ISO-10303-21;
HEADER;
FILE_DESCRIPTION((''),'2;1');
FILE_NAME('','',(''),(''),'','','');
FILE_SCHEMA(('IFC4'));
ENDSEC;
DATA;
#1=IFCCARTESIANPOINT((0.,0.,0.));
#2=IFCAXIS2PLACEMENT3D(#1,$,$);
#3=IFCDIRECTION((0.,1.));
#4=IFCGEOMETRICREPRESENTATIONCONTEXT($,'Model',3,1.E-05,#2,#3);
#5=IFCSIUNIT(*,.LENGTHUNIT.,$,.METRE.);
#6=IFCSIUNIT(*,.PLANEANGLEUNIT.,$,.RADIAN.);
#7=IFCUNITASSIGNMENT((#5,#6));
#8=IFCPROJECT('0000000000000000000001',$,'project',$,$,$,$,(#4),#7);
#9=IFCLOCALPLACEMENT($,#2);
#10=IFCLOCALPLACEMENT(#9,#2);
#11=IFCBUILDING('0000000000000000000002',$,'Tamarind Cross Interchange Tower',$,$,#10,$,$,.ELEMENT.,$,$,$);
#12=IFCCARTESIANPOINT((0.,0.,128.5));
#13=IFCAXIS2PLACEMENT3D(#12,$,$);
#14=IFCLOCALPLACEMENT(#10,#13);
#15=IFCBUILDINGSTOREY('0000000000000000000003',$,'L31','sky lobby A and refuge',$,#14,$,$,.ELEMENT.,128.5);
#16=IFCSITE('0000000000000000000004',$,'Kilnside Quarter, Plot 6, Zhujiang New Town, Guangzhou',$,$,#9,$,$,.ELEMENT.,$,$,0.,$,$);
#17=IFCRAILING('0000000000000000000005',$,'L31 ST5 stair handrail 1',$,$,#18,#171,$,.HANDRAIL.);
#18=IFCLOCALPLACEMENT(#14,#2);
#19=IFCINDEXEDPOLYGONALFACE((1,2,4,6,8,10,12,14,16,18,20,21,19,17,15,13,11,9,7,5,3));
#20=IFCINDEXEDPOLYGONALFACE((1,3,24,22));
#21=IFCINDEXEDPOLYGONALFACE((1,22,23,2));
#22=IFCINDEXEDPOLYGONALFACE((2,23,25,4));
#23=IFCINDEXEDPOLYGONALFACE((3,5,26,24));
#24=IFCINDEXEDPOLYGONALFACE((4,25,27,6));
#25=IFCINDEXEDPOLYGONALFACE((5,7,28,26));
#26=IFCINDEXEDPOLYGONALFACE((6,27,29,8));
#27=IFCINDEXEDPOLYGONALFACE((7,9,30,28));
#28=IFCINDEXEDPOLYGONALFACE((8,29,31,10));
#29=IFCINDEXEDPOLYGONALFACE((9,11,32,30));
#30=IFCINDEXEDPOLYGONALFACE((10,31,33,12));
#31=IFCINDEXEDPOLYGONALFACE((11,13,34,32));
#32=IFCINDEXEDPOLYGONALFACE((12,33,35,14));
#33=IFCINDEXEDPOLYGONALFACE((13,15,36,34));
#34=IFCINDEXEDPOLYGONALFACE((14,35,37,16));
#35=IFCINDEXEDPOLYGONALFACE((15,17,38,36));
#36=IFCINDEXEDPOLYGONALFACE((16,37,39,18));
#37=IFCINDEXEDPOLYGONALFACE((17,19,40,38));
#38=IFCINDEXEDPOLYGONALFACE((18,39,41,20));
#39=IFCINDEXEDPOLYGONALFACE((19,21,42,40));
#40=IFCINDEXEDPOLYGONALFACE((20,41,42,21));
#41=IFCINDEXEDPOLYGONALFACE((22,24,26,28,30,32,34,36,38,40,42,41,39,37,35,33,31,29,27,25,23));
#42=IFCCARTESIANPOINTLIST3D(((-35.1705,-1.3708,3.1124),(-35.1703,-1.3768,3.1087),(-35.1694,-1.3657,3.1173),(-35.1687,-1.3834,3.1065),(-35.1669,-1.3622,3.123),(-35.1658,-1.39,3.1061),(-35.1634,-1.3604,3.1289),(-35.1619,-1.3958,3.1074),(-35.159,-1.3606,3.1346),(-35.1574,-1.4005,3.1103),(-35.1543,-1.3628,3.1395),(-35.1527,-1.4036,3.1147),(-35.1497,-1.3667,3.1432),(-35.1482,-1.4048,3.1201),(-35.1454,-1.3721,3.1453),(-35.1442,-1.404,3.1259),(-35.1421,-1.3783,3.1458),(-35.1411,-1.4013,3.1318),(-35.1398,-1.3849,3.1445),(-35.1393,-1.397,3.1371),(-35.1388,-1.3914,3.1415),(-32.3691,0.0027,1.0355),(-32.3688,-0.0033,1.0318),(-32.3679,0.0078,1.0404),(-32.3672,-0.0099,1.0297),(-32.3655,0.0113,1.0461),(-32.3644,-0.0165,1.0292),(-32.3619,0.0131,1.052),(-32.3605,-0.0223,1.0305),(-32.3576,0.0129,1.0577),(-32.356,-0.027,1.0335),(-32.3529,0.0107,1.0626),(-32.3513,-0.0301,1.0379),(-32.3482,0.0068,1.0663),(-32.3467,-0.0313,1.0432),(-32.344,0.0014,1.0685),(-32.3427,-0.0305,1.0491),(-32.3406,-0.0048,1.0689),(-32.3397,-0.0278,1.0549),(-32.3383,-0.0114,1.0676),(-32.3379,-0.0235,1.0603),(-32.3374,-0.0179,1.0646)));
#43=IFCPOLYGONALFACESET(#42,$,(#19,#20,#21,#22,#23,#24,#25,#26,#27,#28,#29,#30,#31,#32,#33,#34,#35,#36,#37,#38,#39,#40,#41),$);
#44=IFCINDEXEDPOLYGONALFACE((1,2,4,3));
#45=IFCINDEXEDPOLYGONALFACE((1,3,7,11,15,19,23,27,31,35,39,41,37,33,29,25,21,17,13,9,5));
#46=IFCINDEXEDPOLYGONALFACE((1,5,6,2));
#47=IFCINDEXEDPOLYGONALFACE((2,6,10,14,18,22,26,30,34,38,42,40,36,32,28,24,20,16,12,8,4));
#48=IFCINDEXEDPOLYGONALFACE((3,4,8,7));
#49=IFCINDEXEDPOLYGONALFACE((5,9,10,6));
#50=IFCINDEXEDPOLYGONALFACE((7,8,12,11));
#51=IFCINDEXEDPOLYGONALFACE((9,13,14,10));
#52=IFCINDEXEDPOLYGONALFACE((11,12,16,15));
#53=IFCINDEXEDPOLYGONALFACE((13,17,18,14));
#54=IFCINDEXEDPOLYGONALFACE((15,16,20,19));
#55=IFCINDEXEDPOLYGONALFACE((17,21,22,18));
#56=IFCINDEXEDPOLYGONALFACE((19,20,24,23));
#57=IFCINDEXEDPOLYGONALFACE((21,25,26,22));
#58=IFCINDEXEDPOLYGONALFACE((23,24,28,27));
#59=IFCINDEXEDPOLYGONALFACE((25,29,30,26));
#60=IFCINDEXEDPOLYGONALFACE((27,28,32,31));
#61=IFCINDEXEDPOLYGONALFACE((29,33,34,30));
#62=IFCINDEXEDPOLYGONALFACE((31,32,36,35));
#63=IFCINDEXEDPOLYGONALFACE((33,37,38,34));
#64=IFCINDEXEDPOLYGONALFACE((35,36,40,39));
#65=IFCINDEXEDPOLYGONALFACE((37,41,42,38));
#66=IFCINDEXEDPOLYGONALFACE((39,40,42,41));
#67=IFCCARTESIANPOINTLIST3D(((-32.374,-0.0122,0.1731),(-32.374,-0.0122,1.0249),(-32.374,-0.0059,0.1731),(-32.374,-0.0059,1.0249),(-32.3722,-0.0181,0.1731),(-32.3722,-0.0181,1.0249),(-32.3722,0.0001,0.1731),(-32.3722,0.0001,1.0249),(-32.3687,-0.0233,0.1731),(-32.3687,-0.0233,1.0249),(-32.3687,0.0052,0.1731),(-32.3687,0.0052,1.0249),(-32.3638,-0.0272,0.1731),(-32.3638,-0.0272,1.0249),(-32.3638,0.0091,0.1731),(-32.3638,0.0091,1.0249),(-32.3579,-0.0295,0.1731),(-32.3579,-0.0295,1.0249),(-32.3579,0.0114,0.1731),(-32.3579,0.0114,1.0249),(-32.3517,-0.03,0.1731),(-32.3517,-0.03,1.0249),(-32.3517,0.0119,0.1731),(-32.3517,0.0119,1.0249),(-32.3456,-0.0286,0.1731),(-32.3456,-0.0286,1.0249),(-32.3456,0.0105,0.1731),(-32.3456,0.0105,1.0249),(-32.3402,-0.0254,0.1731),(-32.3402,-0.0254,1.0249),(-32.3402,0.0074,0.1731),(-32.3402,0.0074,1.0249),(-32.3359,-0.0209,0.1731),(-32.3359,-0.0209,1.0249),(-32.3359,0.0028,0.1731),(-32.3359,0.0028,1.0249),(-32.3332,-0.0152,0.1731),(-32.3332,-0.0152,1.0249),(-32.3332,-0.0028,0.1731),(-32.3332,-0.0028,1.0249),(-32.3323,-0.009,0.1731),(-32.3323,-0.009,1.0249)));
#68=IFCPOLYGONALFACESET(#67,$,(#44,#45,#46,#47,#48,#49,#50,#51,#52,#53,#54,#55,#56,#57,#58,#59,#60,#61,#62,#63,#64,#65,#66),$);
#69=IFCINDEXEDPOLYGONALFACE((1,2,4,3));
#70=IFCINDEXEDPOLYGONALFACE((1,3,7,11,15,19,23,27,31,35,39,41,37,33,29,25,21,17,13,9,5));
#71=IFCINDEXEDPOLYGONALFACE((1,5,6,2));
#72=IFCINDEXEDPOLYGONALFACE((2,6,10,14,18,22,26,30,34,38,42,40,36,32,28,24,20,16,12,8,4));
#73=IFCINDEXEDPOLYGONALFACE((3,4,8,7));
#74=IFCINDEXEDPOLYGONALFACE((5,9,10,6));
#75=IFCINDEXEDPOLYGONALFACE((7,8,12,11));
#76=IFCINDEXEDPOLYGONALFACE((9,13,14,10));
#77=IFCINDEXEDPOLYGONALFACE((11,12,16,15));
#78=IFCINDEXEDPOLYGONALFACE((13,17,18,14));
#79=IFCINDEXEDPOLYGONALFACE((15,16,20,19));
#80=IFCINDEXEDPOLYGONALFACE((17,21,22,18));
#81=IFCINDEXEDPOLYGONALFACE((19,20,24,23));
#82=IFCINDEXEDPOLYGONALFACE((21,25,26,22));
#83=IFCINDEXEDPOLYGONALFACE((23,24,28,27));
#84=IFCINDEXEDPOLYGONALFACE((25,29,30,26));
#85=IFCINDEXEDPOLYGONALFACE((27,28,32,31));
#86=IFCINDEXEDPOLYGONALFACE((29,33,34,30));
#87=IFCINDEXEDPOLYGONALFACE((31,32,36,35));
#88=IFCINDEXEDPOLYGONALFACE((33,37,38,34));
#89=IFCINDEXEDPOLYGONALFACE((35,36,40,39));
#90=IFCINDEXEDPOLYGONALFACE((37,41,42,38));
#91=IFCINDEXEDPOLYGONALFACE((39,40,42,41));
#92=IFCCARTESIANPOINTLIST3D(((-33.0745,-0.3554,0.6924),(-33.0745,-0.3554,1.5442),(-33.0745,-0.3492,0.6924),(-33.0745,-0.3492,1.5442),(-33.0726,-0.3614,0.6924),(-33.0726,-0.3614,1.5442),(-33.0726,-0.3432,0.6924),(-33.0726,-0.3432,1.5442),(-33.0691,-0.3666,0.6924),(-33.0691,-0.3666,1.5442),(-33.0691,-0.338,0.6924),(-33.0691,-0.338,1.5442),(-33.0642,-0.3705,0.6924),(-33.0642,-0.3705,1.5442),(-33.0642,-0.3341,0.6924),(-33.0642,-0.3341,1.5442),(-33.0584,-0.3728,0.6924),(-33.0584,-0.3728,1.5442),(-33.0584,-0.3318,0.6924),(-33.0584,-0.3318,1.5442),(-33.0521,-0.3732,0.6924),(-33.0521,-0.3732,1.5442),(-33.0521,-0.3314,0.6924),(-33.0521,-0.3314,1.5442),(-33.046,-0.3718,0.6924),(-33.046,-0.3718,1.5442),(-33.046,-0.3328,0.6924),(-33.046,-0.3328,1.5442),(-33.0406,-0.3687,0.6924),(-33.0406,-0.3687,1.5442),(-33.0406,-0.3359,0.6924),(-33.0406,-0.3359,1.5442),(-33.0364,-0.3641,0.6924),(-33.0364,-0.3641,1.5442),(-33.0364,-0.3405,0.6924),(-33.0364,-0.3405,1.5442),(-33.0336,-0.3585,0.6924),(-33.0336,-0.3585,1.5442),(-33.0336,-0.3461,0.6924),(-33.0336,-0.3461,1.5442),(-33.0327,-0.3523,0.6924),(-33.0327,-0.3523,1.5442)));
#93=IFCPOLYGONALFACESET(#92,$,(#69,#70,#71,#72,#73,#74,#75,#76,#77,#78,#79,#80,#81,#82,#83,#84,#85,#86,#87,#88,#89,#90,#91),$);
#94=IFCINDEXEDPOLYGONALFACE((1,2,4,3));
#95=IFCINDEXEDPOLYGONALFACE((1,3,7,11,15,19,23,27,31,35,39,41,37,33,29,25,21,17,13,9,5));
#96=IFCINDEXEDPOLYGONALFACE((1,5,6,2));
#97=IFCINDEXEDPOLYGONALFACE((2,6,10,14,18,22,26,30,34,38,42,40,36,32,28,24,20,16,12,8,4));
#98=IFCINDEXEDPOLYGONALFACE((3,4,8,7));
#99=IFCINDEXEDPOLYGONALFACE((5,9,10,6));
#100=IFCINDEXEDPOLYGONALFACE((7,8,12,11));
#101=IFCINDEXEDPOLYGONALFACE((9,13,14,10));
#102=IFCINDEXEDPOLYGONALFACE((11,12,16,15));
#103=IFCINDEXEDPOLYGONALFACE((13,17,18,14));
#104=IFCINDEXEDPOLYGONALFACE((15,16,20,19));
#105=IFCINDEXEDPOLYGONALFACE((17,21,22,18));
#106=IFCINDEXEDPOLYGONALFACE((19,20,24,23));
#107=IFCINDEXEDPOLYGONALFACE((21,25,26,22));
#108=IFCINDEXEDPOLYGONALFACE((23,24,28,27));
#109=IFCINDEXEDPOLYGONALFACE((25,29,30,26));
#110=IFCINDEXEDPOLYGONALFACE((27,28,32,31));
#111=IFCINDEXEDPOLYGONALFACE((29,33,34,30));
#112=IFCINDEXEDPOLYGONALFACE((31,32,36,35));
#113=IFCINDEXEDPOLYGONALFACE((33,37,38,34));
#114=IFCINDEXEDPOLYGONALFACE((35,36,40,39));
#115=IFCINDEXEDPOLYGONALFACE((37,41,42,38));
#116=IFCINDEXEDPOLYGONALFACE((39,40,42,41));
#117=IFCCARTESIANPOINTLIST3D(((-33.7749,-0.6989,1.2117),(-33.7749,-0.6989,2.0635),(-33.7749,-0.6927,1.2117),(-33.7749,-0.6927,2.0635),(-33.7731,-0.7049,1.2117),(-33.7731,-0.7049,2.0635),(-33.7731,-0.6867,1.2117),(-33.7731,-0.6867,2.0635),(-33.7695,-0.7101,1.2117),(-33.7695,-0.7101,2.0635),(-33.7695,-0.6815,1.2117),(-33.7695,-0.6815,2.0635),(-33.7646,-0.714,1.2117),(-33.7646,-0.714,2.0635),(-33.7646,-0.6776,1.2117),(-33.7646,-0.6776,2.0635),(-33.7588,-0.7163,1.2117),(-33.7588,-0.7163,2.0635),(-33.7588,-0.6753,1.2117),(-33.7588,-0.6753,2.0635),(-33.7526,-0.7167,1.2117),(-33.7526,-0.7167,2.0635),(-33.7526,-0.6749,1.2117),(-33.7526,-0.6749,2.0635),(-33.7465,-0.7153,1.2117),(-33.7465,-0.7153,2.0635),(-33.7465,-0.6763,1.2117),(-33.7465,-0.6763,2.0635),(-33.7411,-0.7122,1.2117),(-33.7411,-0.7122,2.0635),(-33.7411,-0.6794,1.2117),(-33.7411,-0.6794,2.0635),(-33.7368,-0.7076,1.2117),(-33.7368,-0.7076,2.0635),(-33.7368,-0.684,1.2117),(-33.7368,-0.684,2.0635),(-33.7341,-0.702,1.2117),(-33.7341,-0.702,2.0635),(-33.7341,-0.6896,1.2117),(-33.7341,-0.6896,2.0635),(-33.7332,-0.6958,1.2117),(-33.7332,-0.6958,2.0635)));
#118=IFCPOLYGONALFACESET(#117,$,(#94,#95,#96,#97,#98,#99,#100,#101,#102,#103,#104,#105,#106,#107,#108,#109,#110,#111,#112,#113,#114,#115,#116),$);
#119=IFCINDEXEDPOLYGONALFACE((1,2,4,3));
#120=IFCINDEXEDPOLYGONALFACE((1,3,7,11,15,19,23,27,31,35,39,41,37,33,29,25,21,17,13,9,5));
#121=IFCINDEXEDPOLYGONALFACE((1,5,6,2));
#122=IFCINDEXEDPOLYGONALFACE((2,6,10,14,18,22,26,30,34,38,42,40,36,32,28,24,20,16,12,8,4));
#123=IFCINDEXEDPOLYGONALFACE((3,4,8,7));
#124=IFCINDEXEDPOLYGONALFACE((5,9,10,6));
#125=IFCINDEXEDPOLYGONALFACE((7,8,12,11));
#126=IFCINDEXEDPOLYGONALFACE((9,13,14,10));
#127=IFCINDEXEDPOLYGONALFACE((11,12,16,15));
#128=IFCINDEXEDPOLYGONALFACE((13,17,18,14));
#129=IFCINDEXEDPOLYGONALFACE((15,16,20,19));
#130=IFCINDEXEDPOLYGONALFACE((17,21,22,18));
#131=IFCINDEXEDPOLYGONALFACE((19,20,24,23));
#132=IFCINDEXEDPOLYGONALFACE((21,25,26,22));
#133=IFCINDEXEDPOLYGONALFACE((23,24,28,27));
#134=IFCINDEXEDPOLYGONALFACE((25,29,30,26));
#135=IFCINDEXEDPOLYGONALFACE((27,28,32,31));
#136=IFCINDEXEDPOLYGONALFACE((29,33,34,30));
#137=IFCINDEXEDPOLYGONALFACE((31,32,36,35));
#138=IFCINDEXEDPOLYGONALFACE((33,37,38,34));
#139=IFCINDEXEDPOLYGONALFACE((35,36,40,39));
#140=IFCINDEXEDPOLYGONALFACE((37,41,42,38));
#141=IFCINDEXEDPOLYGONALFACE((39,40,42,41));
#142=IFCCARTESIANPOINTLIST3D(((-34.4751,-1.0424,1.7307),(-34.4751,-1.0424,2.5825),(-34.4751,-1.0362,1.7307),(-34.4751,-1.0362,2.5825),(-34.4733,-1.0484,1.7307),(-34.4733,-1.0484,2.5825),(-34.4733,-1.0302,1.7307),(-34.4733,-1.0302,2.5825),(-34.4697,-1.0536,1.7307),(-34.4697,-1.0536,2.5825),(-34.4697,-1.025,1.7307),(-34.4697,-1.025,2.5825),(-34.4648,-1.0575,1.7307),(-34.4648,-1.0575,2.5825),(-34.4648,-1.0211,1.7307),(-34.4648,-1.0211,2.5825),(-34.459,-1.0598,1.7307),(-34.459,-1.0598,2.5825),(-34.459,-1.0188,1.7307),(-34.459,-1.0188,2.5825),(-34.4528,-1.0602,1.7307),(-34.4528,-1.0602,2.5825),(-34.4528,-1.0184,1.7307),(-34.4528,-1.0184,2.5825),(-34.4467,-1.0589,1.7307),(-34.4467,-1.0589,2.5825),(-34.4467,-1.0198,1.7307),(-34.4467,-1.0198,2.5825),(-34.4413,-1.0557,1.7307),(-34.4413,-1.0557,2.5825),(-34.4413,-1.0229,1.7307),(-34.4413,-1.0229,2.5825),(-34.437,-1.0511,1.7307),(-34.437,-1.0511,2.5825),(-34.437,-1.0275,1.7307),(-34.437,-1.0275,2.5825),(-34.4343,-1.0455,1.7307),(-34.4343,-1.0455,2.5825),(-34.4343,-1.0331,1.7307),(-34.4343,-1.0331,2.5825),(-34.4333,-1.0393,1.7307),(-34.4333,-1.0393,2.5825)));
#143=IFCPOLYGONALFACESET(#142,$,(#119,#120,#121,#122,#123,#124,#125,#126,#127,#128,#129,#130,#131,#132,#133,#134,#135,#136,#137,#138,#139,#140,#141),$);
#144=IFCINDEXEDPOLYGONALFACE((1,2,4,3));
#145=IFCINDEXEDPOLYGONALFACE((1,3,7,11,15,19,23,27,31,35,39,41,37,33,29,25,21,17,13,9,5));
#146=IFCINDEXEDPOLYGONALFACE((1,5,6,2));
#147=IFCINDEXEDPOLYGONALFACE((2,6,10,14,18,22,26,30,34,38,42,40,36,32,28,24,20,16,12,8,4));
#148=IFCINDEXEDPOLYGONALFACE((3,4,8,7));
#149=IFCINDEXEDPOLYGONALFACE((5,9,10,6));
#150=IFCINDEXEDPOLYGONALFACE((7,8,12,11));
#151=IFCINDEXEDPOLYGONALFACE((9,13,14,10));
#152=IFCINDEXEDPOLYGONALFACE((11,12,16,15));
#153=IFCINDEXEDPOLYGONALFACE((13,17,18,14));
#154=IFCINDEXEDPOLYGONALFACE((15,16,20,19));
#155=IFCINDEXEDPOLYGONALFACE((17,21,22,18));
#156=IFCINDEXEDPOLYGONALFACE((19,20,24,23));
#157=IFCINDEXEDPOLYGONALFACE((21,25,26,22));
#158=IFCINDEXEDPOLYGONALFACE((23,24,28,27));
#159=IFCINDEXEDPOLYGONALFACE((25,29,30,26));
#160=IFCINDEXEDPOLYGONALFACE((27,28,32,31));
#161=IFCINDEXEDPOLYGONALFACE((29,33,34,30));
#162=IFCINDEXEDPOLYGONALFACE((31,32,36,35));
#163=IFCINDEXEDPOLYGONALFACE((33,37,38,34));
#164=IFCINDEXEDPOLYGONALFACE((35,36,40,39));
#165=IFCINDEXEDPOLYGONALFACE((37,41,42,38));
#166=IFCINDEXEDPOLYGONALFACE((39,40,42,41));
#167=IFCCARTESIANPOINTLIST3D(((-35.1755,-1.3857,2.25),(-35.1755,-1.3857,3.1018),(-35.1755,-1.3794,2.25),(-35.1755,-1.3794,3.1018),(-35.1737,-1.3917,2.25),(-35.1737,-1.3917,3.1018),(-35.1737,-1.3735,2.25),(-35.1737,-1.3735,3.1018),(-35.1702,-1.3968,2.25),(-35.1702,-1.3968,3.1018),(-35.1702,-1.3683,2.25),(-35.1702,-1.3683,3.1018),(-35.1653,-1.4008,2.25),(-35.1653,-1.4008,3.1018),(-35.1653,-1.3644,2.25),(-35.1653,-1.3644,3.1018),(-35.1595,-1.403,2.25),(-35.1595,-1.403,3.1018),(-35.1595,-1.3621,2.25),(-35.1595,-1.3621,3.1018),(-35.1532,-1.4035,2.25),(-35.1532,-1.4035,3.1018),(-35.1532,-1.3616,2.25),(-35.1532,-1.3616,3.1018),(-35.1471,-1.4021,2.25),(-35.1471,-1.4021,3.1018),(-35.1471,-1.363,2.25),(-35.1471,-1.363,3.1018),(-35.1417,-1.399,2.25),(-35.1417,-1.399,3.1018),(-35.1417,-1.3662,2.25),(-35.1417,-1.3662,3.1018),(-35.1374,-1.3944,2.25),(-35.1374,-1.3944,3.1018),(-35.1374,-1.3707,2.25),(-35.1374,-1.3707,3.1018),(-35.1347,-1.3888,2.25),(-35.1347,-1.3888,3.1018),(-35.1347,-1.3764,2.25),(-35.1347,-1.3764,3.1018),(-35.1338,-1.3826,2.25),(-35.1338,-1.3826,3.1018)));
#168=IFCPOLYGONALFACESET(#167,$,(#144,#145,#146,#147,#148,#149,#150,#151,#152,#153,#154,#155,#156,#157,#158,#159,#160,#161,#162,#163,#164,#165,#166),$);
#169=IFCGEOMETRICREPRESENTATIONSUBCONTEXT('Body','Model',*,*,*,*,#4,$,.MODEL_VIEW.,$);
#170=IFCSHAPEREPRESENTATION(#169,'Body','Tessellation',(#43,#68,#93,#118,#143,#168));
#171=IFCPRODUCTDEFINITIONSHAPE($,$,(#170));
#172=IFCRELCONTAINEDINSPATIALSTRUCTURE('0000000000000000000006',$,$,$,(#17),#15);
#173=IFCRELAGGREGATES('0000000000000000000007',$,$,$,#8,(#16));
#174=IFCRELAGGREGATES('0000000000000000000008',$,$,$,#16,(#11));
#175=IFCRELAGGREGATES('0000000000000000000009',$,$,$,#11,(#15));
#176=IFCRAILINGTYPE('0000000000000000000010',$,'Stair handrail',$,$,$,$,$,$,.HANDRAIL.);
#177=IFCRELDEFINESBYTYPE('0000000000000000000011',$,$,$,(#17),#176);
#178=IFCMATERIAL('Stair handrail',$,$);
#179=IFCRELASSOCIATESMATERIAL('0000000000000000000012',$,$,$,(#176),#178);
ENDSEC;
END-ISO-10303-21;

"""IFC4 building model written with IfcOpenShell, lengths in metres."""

from ifc_helpers import new_model, si_unit, direction, frame, origin, origin_2d, place, context, subcontext, project, spatial, circle, extrude, material, type_object, element, save


model = new_model("IFC4")

# Units and contexts
model_context = context("Model", 3, precision=1e-05, world=origin(), true_north=direction((0.0, 1.0)))
body_context = subcontext(model_context, "Body", "Model", "MODEL_VIEW")
ifc_project = project(units=[si_unit("LENGTHUNIT", "METRE"), si_unit("PLANEANGLEUNIT", "RADIAN")], contexts=[model_context])

# Site, building, storey
site_placement = place(None, origin())
site = spatial("IfcSite", under=ifc_project, at=site_placement, Name="Kilnside Quarter, Plot 6, Zhujiang New Town, Guangzhou", CompositionType="ELEMENT", RefElevation=0.0)
building_placement = place(site_placement, origin())
building = spatial("IfcBuilding", under=site, at=building_placement, Name="Tamarind Cross Interchange Tower", CompositionType="ELEMENT")
storey_placement = place(building_placement, frame((0.0, 0.0, 128.5)))
storey = spatial("IfcBuildingStorey", under=building, at=storey_placement, Name="L31", Description="sky lobby A and refuge", CompositionType="ELEMENT", Elevation=128.5)

# Railing
ifc_material_1 = material(Name="Stair handrail")
railing_type_1 = type_object("IfcRailingType", Name="Stair handrail", PredefinedType="HANDRAIL", material=ifc_material_1)
railing_1_placement = place(storey_placement, frame((-32.3533, -0.009, 0.1731)))
element("IfcRailing", 1, at=railing_1_placement, inside=storey, type_object=railing_type_1, Name="L31 ST5 stair handrail 1", PredefinedType="HANDRAIL", context=body_context, shape_type="SweptSolid", body=[
    extrude(circle(Radius=0.0239, at=origin_2d()), frame((0.0, 0.0, 0.876), z_axis=(-0.74744, -0.366457, 0.554115), x_axis=(0.44022, -0.89789, 0.0)), (0.0, 0.0, 1.0), 3.748),
    extrude(circle(Radius=0.021, at=origin_2d()), origin(), (0.0, 0.0, 1.0), 0.8518),
    extrude(circle(Radius=0.021, at=origin_2d()), frame((-0.7004, -0.3433, 0.5193)), (0.0, 0.0, 1.0), 0.8518),
    extrude(circle(Radius=0.021, at=origin_2d()), frame((-1.4009, -0.6868, 1.0386)), (0.0, 0.0, 1.0), 0.8518),
    extrude(circle(Radius=0.021, at=origin_2d()), frame((-2.1011, -1.0303, 1.5576)), (0.0, 0.0, 1.0), 0.8518),
    extrude(circle(Radius=0.021, at=origin_2d()), frame((-2.8015, -1.3735, 2.0769)), (0.0, 0.0, 1.0), 0.8518),
])

save(model, "model.ifc")
